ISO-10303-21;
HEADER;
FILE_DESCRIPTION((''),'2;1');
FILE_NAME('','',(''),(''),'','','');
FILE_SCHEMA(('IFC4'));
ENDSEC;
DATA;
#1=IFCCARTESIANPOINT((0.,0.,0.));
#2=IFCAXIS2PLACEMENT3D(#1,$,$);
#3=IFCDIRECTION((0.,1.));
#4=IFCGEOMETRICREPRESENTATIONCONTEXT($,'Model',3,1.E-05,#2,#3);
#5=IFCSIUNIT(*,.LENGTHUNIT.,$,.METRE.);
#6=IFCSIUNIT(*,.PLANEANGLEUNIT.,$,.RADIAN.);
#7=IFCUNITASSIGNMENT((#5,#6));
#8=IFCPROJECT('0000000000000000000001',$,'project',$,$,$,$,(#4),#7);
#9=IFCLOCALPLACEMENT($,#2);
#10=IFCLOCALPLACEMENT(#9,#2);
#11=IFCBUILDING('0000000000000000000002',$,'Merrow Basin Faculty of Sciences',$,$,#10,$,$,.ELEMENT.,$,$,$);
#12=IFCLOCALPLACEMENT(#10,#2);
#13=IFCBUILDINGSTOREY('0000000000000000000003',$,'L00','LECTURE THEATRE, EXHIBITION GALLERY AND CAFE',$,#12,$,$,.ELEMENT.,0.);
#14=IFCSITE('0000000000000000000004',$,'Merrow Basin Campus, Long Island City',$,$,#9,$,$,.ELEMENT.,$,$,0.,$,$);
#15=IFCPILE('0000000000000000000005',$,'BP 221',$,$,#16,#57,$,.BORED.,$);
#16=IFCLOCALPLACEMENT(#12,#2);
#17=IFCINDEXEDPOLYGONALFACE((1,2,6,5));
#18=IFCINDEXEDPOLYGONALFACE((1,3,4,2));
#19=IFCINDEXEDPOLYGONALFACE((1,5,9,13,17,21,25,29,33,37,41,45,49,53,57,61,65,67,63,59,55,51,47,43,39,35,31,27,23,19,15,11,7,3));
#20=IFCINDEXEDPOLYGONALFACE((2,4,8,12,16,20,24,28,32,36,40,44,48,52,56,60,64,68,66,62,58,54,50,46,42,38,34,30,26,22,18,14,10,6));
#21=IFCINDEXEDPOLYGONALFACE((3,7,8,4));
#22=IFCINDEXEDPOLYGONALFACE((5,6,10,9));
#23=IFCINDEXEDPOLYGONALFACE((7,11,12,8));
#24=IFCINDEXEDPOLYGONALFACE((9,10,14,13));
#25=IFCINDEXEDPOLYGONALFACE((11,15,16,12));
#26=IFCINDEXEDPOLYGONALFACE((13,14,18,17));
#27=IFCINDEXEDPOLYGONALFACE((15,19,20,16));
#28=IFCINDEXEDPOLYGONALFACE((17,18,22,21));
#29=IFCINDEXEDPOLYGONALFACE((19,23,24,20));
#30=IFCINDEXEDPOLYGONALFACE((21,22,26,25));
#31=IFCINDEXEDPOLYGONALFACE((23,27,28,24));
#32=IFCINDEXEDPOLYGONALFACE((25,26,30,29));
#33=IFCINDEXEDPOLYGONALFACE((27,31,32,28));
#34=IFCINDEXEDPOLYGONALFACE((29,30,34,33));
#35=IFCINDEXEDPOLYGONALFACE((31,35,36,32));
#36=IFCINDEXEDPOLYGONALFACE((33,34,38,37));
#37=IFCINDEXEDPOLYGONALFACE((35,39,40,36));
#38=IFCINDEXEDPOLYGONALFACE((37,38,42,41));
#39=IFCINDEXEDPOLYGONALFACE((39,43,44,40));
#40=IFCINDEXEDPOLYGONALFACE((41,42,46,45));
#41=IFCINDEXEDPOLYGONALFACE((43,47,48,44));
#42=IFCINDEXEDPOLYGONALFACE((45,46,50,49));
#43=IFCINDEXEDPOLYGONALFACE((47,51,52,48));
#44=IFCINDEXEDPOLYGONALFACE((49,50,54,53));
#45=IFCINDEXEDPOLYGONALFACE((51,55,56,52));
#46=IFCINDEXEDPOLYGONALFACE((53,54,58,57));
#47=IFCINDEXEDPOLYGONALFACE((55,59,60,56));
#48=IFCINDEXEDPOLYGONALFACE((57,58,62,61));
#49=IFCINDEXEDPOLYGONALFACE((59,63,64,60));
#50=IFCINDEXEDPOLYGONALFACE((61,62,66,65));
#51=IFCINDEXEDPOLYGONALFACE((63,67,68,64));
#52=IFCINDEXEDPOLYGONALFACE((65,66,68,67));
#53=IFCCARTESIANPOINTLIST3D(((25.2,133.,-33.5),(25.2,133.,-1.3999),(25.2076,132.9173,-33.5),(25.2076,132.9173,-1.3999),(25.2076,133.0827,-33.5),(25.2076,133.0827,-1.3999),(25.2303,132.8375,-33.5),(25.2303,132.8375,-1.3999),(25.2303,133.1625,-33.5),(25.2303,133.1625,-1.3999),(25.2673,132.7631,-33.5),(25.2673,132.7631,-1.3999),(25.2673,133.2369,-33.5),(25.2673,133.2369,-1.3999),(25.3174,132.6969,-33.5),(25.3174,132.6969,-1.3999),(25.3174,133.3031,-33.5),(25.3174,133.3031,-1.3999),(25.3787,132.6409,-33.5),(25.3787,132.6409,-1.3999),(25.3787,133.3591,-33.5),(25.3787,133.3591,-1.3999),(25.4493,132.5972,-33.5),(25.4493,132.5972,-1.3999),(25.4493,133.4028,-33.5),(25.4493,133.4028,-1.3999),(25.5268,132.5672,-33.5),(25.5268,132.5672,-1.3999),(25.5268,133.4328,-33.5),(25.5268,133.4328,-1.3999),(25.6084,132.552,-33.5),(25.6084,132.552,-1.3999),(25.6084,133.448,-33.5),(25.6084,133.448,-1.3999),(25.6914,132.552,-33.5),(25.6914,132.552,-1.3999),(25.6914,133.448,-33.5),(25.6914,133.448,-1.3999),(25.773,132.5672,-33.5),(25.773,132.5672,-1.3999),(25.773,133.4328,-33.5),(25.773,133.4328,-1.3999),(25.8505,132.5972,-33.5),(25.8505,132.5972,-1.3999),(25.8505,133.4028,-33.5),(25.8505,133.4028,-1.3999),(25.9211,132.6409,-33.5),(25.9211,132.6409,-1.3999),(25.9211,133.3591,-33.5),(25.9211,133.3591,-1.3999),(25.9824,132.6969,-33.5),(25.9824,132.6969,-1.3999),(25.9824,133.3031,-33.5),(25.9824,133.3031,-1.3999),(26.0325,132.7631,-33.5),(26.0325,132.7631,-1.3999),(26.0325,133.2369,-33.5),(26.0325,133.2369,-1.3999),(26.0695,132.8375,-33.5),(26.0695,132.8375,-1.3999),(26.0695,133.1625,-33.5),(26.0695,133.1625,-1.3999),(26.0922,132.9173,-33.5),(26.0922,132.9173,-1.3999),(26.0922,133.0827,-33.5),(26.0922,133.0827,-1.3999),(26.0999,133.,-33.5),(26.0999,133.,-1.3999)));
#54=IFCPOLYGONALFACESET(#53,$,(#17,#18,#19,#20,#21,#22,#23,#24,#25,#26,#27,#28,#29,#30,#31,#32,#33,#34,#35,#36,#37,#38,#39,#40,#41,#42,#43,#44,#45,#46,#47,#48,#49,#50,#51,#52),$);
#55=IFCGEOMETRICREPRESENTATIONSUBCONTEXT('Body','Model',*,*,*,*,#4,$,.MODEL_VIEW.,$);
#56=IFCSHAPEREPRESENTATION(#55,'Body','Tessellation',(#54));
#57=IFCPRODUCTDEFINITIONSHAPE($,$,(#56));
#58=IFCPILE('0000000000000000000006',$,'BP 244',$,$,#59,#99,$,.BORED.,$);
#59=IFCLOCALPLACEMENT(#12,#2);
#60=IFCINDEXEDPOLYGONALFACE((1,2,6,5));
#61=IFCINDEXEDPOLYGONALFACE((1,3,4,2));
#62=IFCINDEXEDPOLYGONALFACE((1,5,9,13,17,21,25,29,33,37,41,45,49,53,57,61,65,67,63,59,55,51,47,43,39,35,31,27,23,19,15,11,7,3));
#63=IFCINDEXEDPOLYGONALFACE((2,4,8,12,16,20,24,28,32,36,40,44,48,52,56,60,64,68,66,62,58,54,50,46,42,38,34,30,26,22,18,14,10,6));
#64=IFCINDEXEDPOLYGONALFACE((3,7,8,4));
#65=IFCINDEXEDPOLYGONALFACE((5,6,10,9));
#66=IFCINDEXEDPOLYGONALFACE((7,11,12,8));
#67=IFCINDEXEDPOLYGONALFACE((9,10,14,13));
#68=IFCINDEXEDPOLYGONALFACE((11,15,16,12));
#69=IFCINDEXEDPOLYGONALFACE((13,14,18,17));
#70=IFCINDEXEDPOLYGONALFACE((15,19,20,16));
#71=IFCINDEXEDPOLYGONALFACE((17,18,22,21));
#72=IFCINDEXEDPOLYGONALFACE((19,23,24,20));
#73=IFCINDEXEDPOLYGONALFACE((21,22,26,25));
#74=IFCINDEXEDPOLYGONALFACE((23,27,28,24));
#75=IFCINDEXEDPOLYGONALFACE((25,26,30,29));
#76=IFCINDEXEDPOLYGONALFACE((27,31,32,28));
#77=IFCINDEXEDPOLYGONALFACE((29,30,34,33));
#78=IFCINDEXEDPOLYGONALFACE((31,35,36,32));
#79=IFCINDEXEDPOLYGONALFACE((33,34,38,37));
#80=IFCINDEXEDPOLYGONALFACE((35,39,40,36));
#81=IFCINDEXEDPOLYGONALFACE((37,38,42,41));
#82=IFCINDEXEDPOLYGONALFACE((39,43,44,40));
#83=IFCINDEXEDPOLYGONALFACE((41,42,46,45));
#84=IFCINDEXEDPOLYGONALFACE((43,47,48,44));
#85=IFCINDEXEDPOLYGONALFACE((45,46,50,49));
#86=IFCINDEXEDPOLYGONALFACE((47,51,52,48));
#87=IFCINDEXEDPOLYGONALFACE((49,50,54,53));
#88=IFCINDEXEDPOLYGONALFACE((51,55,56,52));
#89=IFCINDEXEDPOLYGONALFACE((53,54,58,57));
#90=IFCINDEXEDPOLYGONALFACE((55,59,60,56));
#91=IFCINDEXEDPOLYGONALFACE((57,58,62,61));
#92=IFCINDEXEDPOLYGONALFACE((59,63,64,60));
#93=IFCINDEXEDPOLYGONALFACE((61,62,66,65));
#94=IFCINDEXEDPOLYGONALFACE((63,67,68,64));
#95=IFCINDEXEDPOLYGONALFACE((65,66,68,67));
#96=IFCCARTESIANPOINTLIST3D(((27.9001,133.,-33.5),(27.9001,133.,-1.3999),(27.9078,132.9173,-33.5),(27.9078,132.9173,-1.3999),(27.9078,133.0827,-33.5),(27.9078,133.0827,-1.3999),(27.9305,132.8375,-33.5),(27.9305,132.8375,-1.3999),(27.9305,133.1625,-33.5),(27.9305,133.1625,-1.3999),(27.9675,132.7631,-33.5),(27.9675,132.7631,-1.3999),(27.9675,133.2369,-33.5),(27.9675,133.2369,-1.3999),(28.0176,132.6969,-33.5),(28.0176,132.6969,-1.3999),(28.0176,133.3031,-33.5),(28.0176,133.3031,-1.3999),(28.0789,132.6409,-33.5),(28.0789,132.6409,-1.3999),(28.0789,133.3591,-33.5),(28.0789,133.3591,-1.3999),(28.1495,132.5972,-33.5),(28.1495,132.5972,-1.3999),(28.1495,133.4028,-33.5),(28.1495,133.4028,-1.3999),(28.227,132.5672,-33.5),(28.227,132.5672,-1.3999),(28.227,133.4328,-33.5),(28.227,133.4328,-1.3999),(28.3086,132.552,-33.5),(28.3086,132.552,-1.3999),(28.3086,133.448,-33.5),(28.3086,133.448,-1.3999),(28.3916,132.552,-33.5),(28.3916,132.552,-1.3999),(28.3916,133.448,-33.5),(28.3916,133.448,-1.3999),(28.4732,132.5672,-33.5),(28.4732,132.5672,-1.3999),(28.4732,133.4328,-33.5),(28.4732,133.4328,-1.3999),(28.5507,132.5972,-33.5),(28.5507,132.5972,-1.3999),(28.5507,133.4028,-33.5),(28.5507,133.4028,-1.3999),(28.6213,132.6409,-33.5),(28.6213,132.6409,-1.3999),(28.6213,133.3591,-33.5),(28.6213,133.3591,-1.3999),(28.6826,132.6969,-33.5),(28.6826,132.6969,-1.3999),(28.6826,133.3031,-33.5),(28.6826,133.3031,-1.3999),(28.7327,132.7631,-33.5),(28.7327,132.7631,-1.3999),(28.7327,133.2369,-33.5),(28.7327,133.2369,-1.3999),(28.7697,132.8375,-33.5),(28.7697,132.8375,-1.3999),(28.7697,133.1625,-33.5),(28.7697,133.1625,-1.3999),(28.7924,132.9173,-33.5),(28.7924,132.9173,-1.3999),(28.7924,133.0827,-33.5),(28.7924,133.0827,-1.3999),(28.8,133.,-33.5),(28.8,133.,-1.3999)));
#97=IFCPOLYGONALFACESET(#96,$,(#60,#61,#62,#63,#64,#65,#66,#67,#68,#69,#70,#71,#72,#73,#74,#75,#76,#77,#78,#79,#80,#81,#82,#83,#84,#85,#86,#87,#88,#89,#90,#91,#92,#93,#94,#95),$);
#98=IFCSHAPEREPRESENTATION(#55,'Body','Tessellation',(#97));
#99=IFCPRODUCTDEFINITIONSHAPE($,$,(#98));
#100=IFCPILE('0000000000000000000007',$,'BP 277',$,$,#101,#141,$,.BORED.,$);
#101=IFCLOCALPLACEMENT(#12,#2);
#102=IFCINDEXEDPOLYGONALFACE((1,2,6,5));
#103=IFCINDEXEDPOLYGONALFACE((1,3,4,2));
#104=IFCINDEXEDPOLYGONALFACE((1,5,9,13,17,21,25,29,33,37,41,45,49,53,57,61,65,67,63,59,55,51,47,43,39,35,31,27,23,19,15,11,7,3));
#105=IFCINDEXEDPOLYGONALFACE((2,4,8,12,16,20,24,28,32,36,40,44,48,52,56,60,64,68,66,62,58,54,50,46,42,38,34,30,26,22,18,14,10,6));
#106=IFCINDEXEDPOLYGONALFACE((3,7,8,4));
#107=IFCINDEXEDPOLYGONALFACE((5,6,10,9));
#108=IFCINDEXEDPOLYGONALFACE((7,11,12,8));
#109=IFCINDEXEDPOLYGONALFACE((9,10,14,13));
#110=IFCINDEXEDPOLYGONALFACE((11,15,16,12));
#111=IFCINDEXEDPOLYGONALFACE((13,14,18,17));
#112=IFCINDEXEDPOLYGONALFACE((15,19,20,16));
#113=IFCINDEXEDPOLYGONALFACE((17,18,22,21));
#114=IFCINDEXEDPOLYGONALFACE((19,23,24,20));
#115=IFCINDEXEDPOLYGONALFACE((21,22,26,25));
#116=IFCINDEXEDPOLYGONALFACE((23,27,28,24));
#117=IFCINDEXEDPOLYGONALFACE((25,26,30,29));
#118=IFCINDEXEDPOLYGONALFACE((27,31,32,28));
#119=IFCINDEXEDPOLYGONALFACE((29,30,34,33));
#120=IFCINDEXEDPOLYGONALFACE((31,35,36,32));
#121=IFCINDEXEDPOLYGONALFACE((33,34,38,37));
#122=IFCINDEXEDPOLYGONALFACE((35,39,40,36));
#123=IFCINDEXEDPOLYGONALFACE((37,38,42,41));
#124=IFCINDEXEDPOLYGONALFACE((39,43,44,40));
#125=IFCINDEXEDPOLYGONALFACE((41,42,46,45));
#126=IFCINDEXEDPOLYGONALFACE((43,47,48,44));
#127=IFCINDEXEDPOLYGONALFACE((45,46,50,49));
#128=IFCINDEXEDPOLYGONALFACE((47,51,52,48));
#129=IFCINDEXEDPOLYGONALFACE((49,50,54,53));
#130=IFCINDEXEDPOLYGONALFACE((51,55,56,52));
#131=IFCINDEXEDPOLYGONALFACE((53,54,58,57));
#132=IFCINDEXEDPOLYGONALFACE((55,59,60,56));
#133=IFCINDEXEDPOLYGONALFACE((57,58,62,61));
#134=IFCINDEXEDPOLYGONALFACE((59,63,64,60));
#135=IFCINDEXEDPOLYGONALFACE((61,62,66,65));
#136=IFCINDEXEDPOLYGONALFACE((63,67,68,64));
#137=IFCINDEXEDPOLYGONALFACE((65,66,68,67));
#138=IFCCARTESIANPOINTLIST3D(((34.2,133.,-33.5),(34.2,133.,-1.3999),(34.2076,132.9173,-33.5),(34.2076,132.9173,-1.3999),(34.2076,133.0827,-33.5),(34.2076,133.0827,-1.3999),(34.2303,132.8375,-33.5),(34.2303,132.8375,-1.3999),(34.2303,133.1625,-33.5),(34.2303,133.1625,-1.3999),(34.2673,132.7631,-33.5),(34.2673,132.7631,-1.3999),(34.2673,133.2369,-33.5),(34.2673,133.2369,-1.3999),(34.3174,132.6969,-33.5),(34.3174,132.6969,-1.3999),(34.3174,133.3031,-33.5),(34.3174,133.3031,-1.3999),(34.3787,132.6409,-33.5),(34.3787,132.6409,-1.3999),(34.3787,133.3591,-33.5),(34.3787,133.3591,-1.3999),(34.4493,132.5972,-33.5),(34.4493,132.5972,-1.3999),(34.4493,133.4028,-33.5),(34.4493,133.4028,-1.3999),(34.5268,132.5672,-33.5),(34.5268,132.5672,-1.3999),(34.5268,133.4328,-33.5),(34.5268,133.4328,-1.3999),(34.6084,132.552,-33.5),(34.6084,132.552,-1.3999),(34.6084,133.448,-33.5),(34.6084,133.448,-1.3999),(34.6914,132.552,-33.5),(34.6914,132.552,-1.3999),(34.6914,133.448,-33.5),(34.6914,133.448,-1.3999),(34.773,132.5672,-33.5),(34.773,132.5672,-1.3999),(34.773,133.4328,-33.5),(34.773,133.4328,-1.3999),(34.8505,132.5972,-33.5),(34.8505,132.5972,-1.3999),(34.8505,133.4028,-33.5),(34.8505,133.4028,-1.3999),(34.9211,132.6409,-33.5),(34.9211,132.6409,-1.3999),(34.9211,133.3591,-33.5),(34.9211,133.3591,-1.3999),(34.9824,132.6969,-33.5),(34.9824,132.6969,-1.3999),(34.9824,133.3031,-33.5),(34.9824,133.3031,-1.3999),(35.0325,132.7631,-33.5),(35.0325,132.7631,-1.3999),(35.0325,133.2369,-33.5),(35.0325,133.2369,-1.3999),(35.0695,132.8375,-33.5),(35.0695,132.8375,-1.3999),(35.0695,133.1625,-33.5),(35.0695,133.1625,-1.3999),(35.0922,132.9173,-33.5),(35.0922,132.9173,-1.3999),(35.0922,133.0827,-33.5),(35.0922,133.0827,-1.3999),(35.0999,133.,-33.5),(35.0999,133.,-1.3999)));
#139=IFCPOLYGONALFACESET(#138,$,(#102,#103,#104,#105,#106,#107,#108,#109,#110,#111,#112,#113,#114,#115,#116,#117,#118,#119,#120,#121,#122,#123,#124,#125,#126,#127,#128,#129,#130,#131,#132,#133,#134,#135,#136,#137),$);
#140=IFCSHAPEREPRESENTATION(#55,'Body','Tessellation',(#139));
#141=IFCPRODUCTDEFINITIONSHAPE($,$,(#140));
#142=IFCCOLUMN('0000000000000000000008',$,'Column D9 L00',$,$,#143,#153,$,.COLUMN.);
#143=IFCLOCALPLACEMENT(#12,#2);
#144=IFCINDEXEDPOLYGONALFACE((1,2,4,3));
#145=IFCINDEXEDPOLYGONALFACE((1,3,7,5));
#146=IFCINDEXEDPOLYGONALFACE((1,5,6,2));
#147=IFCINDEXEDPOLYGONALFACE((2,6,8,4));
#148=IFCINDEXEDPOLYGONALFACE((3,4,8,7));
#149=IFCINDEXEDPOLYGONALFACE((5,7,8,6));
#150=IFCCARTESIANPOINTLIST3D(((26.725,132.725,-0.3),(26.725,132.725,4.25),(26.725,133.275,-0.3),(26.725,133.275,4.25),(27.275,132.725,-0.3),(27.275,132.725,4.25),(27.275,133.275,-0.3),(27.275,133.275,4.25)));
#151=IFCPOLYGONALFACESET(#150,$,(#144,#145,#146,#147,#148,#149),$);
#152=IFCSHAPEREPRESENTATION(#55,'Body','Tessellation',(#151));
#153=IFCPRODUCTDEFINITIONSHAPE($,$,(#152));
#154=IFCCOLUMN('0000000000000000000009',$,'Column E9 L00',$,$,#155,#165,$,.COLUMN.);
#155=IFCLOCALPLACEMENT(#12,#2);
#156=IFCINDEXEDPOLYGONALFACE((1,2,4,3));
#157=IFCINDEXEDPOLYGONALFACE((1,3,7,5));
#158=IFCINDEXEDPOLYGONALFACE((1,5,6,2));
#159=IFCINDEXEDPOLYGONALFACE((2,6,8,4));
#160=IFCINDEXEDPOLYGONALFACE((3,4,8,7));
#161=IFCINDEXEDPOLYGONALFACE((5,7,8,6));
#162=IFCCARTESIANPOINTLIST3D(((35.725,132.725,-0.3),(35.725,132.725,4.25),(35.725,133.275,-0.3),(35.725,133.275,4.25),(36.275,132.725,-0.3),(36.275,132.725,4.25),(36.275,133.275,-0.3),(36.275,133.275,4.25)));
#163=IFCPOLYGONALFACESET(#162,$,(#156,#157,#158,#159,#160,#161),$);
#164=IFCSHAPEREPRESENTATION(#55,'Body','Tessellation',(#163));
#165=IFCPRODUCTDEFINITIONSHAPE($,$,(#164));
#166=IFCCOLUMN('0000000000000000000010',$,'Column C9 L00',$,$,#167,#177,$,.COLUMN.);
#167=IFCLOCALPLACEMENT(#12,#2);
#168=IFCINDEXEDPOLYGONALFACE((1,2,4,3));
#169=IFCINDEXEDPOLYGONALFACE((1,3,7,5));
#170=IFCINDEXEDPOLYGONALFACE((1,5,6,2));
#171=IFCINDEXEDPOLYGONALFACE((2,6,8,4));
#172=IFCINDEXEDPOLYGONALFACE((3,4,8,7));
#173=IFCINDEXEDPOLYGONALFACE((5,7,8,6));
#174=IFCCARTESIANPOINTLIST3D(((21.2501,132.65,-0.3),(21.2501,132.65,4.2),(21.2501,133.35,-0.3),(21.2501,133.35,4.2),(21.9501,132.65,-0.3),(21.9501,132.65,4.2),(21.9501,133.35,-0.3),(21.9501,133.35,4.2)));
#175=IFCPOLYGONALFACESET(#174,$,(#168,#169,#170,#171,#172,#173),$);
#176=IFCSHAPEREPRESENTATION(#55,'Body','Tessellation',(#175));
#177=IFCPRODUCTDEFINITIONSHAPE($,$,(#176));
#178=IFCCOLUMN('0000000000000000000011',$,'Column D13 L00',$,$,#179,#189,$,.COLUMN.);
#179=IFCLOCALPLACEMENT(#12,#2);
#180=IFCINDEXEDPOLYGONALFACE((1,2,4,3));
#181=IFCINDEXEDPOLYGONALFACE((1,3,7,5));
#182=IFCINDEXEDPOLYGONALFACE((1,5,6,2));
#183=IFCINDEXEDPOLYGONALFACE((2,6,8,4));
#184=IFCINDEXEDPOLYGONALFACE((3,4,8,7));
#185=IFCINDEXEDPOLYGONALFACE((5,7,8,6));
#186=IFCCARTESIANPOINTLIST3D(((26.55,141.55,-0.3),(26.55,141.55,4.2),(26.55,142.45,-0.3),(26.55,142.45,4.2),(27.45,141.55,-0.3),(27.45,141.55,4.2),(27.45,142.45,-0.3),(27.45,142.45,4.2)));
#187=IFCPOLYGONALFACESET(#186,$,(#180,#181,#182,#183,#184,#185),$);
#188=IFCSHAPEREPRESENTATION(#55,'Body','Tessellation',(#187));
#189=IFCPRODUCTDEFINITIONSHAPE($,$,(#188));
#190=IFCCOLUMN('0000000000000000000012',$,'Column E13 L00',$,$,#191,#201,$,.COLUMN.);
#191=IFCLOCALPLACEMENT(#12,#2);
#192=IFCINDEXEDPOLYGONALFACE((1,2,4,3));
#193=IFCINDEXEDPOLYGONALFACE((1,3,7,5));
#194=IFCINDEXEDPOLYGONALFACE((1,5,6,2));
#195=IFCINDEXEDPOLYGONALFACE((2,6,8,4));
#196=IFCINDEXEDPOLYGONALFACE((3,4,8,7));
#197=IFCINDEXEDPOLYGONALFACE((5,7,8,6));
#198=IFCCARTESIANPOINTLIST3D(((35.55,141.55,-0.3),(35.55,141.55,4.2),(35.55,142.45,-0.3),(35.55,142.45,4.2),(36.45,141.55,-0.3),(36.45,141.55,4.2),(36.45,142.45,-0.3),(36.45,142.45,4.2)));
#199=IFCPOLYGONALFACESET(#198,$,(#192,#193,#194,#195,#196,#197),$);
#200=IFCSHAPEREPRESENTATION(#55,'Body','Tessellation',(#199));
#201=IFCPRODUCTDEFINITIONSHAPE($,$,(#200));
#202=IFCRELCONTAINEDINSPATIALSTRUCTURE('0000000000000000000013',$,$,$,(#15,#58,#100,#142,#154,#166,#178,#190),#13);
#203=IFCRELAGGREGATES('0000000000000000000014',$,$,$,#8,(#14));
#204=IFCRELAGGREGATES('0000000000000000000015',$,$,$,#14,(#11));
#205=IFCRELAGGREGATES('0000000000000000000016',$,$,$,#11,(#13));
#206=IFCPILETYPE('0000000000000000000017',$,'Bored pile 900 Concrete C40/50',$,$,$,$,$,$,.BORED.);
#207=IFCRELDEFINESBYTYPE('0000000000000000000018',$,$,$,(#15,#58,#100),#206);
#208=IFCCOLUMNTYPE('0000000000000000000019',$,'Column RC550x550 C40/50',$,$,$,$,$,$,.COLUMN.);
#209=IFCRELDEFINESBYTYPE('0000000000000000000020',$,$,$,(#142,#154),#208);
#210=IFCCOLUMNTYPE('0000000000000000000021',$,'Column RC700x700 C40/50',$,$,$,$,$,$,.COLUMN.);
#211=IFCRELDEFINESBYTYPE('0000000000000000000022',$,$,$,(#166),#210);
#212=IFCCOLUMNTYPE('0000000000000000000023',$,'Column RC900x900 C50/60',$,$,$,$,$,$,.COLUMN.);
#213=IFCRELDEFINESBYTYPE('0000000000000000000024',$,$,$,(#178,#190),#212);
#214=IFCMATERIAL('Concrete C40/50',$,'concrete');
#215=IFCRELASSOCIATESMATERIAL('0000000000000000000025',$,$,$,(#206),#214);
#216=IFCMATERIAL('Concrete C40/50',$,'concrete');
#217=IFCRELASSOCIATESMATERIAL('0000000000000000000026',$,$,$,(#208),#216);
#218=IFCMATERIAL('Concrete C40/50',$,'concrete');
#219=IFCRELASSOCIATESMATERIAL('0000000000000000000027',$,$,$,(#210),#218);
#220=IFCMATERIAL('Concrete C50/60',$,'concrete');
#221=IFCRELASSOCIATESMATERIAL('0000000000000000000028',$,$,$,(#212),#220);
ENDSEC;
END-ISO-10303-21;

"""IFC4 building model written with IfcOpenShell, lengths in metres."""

from ifc_helpers import new_model, si_unit, direction, frame, origin, origin_2d, place, context, subcontext, project, spatial, rectangle, circle, extrude, material, material_profile, profile_set, type_object, element, save


model = new_model("IFC4")

# Units and contexts
model_context = context("Model", 3, precision=1e-05, world=origin(), true_north=direction((0.0, 1.0)))
body_context = subcontext(model_context, "Body", "Model", "MODEL_VIEW")
ifc_project = project(units=[si_unit("LENGTHUNIT", "METRE"), si_unit("PLANEANGLEUNIT", "RADIAN")], contexts=[model_context])

# Site, building, storey
site_placement = place(None, origin())
site = spatial("IfcSite", under=ifc_project, at=site_placement, Name="Merrow Basin Campus, Long Island City", CompositionType="ELEMENT", RefElevation=0.0)
building_placement = place(site_placement, origin())
building = spatial("IfcBuilding", under=site, at=building_placement, Name="Merrow Basin Faculty of Sciences", CompositionType="ELEMENT")
storey_placement = place(building_placement, origin())
storey = spatial("IfcBuildingStorey", under=building, at=storey_placement, Name="L00", Description="LECTURE THEATRE, EXHIBITION GALLERY AND CAFE", CompositionType="ELEMENT", Elevation=0.0)

# Piles
ifc_material_1 = material(Name="Concrete C40/50", Category="concrete")
ifc_material_profile_1 = material_profile(ifc_material_1, circle(Radius=0.45, at=origin_2d()))
ifc_profile_set_1 = profile_set([ifc_material_profile_1], Name="Concrete C40/50")
pile_type_1 = type_object("IfcPileType", Name="Bored pile 900 Concrete C40/50", PredefinedType="BORED", material=ifc_profile_set_1)
for number, where, z_axis, x_axis, name in (
    (1, (25.6499, 133.0, -1.3999), (0.0, 0.0, -1.0), (1.0, 0.0, 0.0), "BP 221"),
    (2, (28.3501, 133.0, -1.3999), (0.0, 0.0, -1.0), (1.0, 0.0, 0.0), "BP 244"),
    (3, (34.6499, 133.0, -1.3999), (0.0, 0.0, -1.0), (1.0, 0.0, 0.0), "BP 277"),
):
    element("IfcPile", number, at=place(storey_placement, frame(where, z_axis=z_axis, x_axis=x_axis)), inside=storey, type_object=pile_type_1, Name=name, PredefinedType="BORED", context=body_context, shape_type="SweptSolid", body=[
        extrude(circle(Radius=0.45, at=origin_2d()), origin(), (0.0, 0.0, 1.0), 32.1001),
    ])

# Columns
ifc_material_2 = material(Name="Concrete C40/50", Category="concrete")
ifc_material_profile_2 = material_profile(ifc_material_2, rectangle(XDim=0.55, YDim=0.55, at=origin_2d()))
ifc_profile_set_2 = profile_set([ifc_material_profile_2], Name="Concrete C40/50")
column_type_1 = type_object("IfcColumnType", Name="Column RC550x550 C40/50", PredefinedType="COLUMN", material=ifc_profile_set_2)
for number, where, z_axis, x_axis, name in (
    (4, (27.0, 133.0, -0.3), (0.0, 0.0, 1.0), (1.0, 0.0, 0.0), "Column D9 L00"),
    (5, (36.0, 133.0, -0.3), (0.0, 0.0, 1.0), (1.0, 0.0, 0.0), "Column E9 L00"),
):
    element("IfcColumn", number, at=place(storey_placement, frame(where, z_axis=z_axis, x_axis=x_axis)), inside=storey, type_object=column_type_1, Name=name, PredefinedType="COLUMN", context=body_context, shape_type="SweptSolid", body=[
        extrude(rectangle(XDim=0.55, YDim=0.55, at=origin_2d()), origin(), (0.0, 0.0, 1.0), 4.55),
    ])
ifc_material_3 = material(Name="Concrete C40/50", Category="concrete")
ifc_material_profile_3 = material_profile(ifc_material_3, rectangle(XDim=0.7, YDim=0.7, at=origin_2d()))
ifc_profile_set_3 = profile_set([ifc_material_profile_3], Name="Concrete C40/50")
column_type_2 = type_object("IfcColumnType", Name="Column RC700x700 C40/50", PredefinedType="COLUMN", material=ifc_profile_set_3)
column_placement = place(storey_placement, frame((21.6001, 133.0, -0.3), z_axis=(0.0, 0.0, 1.0), x_axis=(1.0, 0.0, 0.0)))
element("IfcColumn", 6, at=column_placement, inside=storey, type_object=column_type_2, Name="Column C9 L00", PredefinedType="COLUMN", context=body_context, shape_type="SweptSolid", body=[
    extrude(rectangle(XDim=0.7, YDim=0.7, at=origin_2d()), origin(), (0.0, 0.0, 1.0), 4.5),
])
ifc_material_4 = material(Name="Concrete C50/60", Category="concrete")
ifc_material_profile_4 = material_profile(ifc_material_4, rectangle(XDim=0.8999, YDim=0.8999, at=origin_2d()))
ifc_profile_set_4 = profile_set([ifc_material_profile_4], Name="Concrete C50/60")
column_type_3 = type_object("IfcColumnType", Name="Column RC900x900 C50/60", PredefinedType="COLUMN", material=ifc_profile_set_4)
for number, where, z_axis, x_axis, name in (
    (7, (27.0, 142.0, -0.3), (0.0, 0.0, 1.0), (1.0, 0.0, 0.0), "Column D13 L00"),
    (8, (36.0, 142.0, -0.3), (0.0, 0.0, 1.0), (1.0, 0.0, 0.0), "Column E13 L00"),
):
    element("IfcColumn", number, at=place(storey_placement, frame(where, z_axis=z_axis, x_axis=x_axis)), inside=storey, type_object=column_type_3, Name=name, PredefinedType="COLUMN", context=body_context, shape_type="SweptSolid", body=[
        extrude(rectangle(XDim=0.8999, YDim=0.8999, at=origin_2d()), origin(), (0.0, 0.0, 1.0), 4.5),
    ])

save(model, "model.ifc")
